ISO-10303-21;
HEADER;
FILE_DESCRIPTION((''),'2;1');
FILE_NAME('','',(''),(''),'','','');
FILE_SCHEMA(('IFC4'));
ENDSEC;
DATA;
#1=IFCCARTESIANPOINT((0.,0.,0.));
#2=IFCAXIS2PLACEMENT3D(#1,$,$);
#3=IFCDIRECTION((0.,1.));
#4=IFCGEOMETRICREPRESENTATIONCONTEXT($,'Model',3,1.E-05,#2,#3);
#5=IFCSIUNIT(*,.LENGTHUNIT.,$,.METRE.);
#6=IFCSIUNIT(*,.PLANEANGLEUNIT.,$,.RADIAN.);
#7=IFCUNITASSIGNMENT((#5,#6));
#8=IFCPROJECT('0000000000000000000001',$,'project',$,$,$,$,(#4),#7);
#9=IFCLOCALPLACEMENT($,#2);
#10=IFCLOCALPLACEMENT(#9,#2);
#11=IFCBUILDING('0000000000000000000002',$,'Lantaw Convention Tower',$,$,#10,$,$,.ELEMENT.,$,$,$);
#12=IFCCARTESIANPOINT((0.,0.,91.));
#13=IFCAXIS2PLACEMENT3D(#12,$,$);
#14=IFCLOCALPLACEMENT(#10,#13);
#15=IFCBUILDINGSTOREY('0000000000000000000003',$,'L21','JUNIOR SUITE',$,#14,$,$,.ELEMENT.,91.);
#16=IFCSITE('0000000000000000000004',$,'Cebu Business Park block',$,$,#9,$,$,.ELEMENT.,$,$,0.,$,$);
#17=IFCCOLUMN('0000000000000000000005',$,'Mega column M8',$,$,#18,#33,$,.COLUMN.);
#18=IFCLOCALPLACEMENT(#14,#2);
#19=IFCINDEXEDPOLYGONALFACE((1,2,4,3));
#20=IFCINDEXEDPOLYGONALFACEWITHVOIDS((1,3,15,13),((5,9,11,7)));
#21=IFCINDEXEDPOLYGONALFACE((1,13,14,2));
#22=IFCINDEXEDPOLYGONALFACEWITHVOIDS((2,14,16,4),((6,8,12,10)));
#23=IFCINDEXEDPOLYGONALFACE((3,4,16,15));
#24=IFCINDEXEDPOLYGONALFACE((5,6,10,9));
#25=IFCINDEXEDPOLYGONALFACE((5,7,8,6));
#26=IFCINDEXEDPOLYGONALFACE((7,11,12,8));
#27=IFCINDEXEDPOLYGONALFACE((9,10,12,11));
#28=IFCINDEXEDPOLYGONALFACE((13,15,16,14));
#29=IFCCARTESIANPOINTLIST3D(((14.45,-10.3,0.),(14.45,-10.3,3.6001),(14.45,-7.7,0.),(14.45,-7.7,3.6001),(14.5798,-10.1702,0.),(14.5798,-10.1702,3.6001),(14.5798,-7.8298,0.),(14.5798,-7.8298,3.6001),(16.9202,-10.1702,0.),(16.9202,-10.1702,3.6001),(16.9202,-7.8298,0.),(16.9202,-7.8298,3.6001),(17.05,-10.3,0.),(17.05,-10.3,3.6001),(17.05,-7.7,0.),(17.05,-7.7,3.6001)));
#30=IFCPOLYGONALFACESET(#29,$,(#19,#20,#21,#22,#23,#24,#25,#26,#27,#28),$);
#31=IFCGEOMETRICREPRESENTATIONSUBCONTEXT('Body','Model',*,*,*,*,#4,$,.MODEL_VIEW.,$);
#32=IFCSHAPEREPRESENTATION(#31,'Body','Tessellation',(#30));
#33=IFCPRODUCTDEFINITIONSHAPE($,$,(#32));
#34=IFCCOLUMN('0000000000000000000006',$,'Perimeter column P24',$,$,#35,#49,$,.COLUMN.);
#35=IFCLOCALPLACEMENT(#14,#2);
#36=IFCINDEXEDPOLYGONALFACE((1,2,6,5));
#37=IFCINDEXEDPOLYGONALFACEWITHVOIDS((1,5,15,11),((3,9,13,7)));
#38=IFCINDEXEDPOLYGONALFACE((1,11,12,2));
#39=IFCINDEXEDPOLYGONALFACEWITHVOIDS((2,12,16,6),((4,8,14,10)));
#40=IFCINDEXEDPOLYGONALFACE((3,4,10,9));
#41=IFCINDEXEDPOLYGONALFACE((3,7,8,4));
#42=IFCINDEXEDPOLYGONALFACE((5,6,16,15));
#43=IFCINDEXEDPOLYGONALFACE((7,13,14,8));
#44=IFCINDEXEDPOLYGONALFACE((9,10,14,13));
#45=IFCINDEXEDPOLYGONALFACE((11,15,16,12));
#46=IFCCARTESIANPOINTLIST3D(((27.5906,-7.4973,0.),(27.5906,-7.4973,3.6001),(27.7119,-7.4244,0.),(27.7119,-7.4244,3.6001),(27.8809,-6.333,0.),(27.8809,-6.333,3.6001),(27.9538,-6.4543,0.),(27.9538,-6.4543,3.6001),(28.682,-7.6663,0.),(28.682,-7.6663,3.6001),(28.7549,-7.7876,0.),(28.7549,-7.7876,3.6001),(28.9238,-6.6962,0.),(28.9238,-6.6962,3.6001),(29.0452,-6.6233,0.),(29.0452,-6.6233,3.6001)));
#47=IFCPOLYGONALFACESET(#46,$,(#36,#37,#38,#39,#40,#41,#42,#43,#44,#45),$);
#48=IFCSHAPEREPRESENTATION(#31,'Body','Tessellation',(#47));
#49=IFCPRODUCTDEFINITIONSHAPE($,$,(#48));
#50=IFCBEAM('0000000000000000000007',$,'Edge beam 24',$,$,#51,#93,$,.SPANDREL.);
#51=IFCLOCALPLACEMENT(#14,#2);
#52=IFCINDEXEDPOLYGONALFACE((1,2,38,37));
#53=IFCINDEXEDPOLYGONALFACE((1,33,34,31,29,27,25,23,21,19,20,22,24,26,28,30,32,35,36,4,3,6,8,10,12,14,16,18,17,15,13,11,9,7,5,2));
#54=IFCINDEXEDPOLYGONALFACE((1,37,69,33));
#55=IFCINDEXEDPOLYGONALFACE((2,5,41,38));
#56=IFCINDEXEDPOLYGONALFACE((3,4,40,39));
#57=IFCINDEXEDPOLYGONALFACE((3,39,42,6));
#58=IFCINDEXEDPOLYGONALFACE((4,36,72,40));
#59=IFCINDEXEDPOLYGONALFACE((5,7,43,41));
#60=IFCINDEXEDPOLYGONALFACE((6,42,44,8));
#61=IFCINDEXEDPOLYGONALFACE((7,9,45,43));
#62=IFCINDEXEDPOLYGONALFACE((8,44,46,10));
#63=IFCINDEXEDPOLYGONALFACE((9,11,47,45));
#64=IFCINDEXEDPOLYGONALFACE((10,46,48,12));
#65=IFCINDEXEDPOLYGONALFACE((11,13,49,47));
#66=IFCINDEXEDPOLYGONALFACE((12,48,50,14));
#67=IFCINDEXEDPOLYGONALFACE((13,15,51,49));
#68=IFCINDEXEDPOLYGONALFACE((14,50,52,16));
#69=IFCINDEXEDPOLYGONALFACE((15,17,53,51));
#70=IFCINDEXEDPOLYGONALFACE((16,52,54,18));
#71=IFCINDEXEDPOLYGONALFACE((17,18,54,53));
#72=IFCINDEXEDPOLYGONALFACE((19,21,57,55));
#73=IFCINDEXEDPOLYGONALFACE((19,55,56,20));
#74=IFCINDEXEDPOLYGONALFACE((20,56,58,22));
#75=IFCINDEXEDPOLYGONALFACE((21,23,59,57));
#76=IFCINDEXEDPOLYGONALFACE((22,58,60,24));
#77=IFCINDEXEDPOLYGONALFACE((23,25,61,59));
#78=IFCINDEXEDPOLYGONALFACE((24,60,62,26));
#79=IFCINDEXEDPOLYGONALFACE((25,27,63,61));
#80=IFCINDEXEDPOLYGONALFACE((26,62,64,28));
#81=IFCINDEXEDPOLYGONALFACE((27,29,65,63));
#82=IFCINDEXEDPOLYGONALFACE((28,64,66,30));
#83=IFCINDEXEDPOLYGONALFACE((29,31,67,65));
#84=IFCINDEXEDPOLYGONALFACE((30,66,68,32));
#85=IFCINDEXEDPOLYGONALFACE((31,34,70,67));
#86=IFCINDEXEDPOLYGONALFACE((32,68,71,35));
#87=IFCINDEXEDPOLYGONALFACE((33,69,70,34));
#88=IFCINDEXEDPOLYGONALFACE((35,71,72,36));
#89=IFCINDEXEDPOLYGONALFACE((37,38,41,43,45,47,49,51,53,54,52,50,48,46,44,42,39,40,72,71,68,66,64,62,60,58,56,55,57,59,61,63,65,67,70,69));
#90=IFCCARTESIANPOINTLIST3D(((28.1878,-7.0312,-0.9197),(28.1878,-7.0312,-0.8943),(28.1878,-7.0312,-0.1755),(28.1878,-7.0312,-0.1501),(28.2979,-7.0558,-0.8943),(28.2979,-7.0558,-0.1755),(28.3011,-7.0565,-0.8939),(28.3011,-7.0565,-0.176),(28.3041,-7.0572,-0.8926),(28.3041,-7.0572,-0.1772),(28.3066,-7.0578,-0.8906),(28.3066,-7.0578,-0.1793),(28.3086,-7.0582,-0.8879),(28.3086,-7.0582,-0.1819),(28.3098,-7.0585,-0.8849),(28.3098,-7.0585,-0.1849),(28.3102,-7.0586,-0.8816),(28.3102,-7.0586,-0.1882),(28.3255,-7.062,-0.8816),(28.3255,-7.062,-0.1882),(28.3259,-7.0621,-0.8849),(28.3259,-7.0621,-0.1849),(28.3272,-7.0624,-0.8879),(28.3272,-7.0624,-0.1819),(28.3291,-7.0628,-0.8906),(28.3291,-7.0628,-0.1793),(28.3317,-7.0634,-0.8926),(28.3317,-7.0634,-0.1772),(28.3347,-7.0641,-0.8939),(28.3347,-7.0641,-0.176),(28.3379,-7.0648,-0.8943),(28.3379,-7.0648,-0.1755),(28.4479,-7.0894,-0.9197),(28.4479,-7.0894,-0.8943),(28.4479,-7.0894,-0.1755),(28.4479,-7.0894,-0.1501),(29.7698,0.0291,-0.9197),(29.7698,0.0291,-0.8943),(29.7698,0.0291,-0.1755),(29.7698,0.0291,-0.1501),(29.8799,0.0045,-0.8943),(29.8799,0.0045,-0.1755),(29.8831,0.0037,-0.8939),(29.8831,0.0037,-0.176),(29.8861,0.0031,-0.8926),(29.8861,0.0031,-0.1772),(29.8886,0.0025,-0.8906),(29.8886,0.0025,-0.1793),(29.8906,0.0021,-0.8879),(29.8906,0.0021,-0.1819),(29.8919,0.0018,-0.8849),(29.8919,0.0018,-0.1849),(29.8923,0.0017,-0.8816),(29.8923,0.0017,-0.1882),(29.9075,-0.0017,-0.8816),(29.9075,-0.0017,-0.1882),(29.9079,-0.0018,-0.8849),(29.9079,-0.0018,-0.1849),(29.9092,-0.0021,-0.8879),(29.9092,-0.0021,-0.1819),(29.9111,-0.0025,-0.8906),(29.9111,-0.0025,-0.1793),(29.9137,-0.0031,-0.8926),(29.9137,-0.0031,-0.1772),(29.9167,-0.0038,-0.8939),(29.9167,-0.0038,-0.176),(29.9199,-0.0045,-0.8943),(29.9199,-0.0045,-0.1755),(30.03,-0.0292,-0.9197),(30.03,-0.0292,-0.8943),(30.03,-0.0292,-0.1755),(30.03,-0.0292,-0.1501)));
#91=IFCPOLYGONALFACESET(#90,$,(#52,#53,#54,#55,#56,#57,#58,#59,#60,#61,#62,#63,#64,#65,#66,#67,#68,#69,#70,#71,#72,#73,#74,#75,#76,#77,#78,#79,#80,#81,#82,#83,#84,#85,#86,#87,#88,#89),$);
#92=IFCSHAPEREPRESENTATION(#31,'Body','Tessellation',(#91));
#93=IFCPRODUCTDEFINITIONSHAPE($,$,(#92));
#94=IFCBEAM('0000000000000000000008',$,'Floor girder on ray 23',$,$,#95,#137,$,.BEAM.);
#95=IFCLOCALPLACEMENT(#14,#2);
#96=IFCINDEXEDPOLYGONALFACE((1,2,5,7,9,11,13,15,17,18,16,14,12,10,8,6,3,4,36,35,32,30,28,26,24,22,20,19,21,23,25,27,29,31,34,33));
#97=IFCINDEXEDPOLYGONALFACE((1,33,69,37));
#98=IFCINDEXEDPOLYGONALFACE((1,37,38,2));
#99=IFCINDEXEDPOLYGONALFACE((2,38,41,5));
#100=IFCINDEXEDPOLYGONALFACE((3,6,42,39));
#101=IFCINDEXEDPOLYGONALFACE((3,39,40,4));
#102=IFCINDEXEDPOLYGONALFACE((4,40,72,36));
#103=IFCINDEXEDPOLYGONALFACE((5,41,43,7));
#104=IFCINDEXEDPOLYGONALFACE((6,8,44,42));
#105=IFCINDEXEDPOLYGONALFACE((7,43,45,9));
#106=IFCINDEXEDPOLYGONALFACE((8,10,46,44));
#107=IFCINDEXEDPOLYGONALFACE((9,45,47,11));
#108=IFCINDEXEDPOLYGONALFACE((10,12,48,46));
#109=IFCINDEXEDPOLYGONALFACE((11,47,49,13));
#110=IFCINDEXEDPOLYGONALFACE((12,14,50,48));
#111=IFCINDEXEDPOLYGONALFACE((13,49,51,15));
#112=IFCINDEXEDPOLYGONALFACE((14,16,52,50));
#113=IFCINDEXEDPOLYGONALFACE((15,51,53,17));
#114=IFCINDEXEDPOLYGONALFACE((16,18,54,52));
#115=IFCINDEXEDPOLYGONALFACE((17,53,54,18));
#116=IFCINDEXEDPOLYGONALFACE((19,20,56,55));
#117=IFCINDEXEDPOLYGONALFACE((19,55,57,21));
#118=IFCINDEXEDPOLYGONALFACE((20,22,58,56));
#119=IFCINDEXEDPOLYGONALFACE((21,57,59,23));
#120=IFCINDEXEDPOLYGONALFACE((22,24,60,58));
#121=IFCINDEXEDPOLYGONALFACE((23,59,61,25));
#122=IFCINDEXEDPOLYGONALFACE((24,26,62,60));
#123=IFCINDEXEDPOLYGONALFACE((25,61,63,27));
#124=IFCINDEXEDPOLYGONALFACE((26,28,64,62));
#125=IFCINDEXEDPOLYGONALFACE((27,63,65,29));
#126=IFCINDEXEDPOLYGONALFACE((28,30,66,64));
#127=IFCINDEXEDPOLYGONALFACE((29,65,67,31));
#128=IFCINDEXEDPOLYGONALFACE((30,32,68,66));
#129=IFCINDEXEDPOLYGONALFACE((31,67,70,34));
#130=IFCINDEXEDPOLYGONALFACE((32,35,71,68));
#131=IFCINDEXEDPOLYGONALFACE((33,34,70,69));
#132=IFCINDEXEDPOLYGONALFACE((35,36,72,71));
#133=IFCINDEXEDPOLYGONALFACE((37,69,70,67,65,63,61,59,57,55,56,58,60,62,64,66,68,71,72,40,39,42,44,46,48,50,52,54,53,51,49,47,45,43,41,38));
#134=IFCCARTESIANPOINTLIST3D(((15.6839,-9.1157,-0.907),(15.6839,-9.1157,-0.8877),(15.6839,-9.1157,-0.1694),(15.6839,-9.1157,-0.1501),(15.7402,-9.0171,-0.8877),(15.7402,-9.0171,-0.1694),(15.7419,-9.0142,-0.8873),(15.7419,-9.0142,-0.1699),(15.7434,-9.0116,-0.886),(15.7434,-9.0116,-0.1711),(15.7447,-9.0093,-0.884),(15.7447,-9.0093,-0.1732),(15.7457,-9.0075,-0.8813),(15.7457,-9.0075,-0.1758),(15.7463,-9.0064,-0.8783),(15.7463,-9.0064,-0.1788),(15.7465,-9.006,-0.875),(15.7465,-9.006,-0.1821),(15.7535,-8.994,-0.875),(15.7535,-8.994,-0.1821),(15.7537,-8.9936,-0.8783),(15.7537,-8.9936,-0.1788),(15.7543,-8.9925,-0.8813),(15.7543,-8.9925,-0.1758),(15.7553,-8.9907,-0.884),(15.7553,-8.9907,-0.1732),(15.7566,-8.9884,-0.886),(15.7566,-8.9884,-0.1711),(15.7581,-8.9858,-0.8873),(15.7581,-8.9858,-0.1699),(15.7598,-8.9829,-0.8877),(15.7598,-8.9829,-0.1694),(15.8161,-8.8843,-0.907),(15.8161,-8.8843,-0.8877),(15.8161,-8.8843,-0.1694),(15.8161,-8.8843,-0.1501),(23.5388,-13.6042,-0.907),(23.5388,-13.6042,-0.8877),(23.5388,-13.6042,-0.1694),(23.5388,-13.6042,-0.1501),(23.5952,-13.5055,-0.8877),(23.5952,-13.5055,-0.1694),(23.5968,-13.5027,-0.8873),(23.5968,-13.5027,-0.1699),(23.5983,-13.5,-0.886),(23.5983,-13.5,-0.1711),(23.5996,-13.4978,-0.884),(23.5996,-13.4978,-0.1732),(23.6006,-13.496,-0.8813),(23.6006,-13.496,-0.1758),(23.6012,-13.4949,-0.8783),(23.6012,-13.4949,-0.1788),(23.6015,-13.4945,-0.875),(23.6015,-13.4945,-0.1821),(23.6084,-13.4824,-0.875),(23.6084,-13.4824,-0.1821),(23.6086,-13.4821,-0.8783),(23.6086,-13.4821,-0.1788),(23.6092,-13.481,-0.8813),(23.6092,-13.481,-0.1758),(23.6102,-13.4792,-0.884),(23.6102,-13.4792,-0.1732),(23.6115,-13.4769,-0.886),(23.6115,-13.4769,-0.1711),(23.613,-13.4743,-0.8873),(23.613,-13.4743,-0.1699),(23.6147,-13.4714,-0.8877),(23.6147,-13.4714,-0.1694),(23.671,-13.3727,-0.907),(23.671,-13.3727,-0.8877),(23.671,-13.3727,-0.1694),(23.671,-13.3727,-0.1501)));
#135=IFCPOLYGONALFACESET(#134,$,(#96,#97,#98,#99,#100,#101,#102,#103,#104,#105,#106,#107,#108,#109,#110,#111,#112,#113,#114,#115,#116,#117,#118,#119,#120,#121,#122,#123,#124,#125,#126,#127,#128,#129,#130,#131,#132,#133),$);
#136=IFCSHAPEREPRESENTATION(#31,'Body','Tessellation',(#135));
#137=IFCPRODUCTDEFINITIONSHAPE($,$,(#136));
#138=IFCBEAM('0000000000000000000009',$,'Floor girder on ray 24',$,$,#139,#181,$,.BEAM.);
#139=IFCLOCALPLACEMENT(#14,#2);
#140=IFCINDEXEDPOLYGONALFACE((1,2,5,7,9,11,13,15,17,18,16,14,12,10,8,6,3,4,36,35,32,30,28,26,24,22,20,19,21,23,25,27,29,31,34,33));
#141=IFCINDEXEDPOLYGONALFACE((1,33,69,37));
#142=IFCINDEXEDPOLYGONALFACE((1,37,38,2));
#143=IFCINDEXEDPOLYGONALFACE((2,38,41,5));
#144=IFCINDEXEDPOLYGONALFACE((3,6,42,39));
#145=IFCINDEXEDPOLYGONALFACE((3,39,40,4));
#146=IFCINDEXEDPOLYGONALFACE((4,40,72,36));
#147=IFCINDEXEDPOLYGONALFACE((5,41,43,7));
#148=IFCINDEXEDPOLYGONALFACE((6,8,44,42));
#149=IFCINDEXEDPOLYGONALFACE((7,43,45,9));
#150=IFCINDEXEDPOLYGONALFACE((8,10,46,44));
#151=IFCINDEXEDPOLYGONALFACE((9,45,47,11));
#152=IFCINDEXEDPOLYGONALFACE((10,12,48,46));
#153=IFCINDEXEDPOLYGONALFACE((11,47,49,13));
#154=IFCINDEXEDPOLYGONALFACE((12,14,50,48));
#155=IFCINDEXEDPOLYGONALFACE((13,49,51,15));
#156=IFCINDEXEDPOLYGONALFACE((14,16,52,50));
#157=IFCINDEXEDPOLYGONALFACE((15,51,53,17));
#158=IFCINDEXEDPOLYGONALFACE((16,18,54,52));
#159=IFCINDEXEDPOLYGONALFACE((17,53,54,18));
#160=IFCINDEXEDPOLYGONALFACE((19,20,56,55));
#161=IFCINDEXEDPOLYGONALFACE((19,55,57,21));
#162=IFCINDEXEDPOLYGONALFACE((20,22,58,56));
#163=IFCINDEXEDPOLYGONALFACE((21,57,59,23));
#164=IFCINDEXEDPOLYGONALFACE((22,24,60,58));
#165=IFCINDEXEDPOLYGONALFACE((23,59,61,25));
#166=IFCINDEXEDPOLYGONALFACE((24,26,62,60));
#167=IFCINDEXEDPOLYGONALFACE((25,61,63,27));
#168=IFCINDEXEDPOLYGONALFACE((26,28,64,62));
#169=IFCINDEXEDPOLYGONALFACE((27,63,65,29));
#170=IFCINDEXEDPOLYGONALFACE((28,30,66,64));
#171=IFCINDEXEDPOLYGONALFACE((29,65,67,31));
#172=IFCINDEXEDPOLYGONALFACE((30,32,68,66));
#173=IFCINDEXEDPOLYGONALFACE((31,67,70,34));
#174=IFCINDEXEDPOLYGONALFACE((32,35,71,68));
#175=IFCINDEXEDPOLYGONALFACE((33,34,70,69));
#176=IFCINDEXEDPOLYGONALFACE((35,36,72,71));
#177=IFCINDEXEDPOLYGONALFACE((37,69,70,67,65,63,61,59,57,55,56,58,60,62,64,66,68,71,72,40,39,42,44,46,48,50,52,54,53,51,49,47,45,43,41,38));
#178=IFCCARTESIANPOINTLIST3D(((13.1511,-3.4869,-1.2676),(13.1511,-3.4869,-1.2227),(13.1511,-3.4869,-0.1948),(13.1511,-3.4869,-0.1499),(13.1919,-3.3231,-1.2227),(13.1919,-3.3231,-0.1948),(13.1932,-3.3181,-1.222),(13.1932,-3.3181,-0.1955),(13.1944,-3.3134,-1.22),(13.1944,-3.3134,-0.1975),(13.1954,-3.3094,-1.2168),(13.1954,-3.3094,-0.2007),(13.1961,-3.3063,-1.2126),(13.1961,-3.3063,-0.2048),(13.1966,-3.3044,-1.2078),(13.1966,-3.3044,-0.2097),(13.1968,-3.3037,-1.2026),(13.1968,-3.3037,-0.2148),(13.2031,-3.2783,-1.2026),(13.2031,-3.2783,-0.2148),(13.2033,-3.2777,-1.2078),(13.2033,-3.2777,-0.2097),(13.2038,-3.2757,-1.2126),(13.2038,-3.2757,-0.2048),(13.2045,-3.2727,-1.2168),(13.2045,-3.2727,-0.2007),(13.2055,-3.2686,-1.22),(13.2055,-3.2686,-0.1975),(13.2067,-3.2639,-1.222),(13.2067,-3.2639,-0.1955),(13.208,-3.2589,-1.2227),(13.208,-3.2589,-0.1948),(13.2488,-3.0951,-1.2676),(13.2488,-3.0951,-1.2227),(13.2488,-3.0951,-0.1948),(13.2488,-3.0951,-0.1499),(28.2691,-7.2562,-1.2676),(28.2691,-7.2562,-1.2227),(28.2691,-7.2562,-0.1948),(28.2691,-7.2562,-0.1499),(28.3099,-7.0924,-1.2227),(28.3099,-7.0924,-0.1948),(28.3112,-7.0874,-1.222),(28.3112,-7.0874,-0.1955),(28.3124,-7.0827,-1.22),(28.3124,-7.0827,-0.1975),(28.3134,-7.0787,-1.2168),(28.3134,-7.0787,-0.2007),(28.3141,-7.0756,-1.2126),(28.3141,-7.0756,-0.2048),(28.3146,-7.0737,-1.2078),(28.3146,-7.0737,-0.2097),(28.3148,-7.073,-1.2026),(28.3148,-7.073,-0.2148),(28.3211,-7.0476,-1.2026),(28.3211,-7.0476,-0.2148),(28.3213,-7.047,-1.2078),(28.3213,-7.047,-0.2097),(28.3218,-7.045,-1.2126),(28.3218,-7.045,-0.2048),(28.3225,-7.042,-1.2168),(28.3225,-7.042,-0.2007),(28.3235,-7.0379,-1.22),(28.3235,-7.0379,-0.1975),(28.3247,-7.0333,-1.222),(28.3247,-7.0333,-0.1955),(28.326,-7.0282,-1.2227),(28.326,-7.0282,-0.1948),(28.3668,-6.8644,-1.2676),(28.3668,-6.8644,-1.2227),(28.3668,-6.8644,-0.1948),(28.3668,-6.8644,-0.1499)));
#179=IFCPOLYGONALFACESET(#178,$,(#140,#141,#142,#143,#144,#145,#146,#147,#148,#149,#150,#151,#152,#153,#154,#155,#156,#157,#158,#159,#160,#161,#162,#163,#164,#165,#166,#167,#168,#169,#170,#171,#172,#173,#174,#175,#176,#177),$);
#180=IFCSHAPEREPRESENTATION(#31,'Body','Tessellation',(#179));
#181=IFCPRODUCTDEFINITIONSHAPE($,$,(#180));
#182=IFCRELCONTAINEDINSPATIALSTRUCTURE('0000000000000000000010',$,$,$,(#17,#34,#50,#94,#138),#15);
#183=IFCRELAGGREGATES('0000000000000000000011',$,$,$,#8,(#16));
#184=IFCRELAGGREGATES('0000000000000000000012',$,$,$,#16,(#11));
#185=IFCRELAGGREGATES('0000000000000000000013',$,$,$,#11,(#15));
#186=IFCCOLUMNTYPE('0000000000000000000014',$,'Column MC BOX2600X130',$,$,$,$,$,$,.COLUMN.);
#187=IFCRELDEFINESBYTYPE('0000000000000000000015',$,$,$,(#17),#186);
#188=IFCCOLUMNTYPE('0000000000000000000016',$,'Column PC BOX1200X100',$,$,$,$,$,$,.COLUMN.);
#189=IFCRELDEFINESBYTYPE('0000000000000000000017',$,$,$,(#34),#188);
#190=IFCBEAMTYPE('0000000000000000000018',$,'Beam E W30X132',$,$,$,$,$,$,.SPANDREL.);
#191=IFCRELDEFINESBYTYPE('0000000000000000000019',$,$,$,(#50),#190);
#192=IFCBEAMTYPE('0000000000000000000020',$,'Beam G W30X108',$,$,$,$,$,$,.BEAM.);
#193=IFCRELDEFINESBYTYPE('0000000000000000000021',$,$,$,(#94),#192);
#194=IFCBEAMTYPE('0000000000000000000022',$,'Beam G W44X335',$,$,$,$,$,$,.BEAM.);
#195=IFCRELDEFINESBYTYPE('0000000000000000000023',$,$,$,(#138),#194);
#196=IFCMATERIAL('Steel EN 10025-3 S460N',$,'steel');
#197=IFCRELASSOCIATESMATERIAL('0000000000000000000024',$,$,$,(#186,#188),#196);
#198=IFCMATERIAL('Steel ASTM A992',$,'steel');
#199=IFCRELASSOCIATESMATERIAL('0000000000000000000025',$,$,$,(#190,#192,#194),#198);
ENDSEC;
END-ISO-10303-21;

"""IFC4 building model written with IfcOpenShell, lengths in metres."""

from ifc_helpers import new_model, si_unit, direction, frame, origin, origin_2d, place, context, subcontext, project, spatial, rectangle, hollow_rectangle, i_section, extrude, material, material_profile, profile_set, type_object, element, save


model = new_model("IFC4")

# Units and contexts
model_context = context("Model", 3, precision=1e-05, world=origin(), true_north=direction((0.0, 1.0)))
body_context = subcontext(model_context, "Body", "Model", "MODEL_VIEW")
ifc_project = project(units=[si_unit("LENGTHUNIT", "METRE"), si_unit("PLANEANGLEUNIT", "RADIAN")], contexts=[model_context])

# Site, building, storey
site_placement = place(None, origin())
site = spatial("IfcSite", under=ifc_project, at=site_placement, Name="Cebu Business Park block", CompositionType="ELEMENT", RefElevation=0.0)
building_placement = place(site_placement, origin())
building = spatial("IfcBuilding", under=site, at=building_placement, Name="Lantaw Convention Tower", CompositionType="ELEMENT")
storey_placement = place(building_placement, frame((0.0, 0.0, 91.0)))
storey = spatial("IfcBuildingStorey", under=building, at=storey_placement, Name="L21", Description="JUNIOR SUITE", CompositionType="ELEMENT", Elevation=91.0)

# Columns
ifc_material_1 = material(Name="Steel EN 10025-3 S460N", Category="steel")
ifc_material_profile_1 = material_profile(ifc_material_1, hollow_rectangle(XDim=2.6001, YDim=2.6001, WallThickness=0.1299, at=origin_2d()), Name="BOX2600X130")
ifc_material_2 = material(Name="Concrete C60/75", Category="concrete")
ifc_material_profile_2 = material_profile(ifc_material_2, rectangle(XDim=2.3401, YDim=2.3401, at=origin_2d()), Name="Concrete fill of BOX2600X130")
ifc_profile_set_1 = profile_set([ifc_material_profile_1, ifc_material_profile_2], Name="Steel EN 10025-3 S460N")
column_type_1 = type_object("IfcColumnType", Name="Column MC BOX2600X130", PredefinedType="COLUMN", material=ifc_profile_set_1)
column_1_placement = place(storey_placement, frame((15.75, -9.0, 0.0), z_axis=(0.0, 0.0, 1.0), x_axis=(1.0, 0.0, 0.0)))
element("IfcColumn", 1, at=column_1_placement, inside=storey, type_object=column_type_1, Name="Mega column M8", PredefinedType="COLUMN", context=body_context, shape_type="SweptSolid", body=[
    extrude(hollow_rectangle(XDim=2.6001, YDim=2.6001, WallThickness=0.1299, at=origin_2d()), origin(), (0.0, 0.0, 1.0), 3.6001),
])
ifc_material_profile_3 = material_profile(ifc_material_1, hollow_rectangle(XDim=1.2, YDim=1.2, WallThickness=0.1001, at=origin_2d()), Name="BOX1200X100")
ifc_material_profile_4 = material_profile(ifc_material_2, rectangle(XDim=1.0, YDim=1.0, at=origin_2d()), Name="Concrete fill of BOX1200X100")
ifc_profile_set_2 = profile_set([ifc_material_profile_3, ifc_material_profile_4], Name="Steel EN 10025-3 S460N")
column_type_2 = type_object("IfcColumnType", Name="Column PC BOX1200X100", PredefinedType="COLUMN", material=ifc_profile_set_2)
column_2_placement = place(storey_placement, frame((28.3179, -7.0603, 0.0), z_axis=(0.0, 0.0, 1.0), x_axis=(0.241922, 0.970296, 0.0)))
element("IfcColumn", 2, at=column_2_placement, inside=storey, type_object=column_type_2, Name="Perimeter column P24", PredefinedType="COLUMN", context=body_context, shape_type="SweptSolid", body=[
    extrude(hollow_rectangle(XDim=1.2, YDim=1.2, WallThickness=0.1001, at=origin_2d()), origin(), (0.0, 0.0, 1.0), 3.6001),
])

# Beams
ifc_material_3 = material(Name="Steel ASTM A992", Category="steel")
ifc_material_profile_5 = material_profile(ifc_material_3, i_section(OverallWidth=0.2666, OverallDepth=0.7695, WebThickness=0.0156, FlangeThickness=0.0254, FilletRadius=0.0127, at=origin_2d()), Name="W30X132")
ifc_profile_set_3 = profile_set([ifc_material_profile_5], Name="Steel ASTM A992")
beam_type_1 = type_object("IfcBeamType", Name="Beam E W30X132", PredefinedType="SPANDREL", material=ifc_profile_set_3)
beam_1_placement = place(storey_placement, frame((28.3179, -7.0603, -0.5349), z_axis=(0.218652, 0.975803, 0.0), x_axis=(-0.975803, 0.218652, 0.0)))
element("IfcBeam", 3, at=beam_1_placement, inside=storey, type_object=beam_type_1, Name="Edge beam 24", PredefinedType="SPANDREL", context=body_context, shape_type="SweptSolid", body=[
    extrude(i_section(OverallWidth=0.2666, OverallDepth=0.7695, WebThickness=0.0156, FlangeThickness=0.0254, FilletRadius=0.0127, at=origin_2d()), origin(), (0.0, 0.0, 1.0), 7.2354),
])
ifc_material_profile_6 = material_profile(ifc_material_3, i_section(OverallWidth=0.2666, OverallDepth=0.7568, WebThickness=0.0139, FlangeThickness=0.0193, FilletRadius=0.0127, at=origin_2d()), Name="W30X108")
ifc_profile_set_4 = profile_set([ifc_material_profile_6], Name="Steel ASTM A992")
beam_type_2 = type_object("IfcBeamType", Name="Beam G W30X108", PredefinedType="BEAM", material=ifc_profile_set_4)
beam_2_placement = place(storey_placement, frame((15.75, -9.0, -0.5286), z_axis=(0.868245, -0.496136, 0.0), x_axis=(0.496136, 0.868245, 0.0)))
element("IfcBeam", 4, at=beam_2_placement, inside=storey, type_object=beam_type_2, Name="Floor girder on ray 23", PredefinedType="BEAM", context=body_context, shape_type="SweptSolid", body=[
    extrude(i_section(OverallWidth=0.2666, OverallDepth=0.7568, WebThickness=0.0139, FlangeThickness=0.0193, FilletRadius=0.0127, at=origin_2d()), origin(), (0.0, 0.0, 1.0), 9.0469),
])
ifc_material_profile_7 = material_profile(ifc_material_3, i_section(OverallWidth=0.4038, OverallDepth=1.1177, WebThickness=0.0261, FlangeThickness=0.0449, FilletRadius=0.02, at=origin_2d()), Name="W44X335")
ifc_profile_set_5 = profile_set([ifc_material_profile_7], Name="Steel ASTM A992")
beam_type_3 = type_object("IfcBeamType", Name="Beam G W44X335", PredefinedType="BEAM", material=ifc_profile_set_5)
beam_3_placement = place(storey_placement, frame((13.2, -3.291, -0.7087), z_axis=(0.970296, -0.24192, 0.0), x_axis=(0.24192, 0.970296, 0.0)))
element("IfcBeam", 5, at=beam_3_placement, inside=storey, type_object=beam_type_3, Name="Floor girder on ray 24", PredefinedType="BEAM", context=body_context, shape_type="SweptSolid", body=[
    extrude(i_section(OverallWidth=0.4038, OverallDepth=1.1177, WebThickness=0.0261, FlangeThickness=0.0449, FilletRadius=0.02, at=origin_2d()), origin(), (0.0, 0.0, 1.0), 15.5808),
])

save(model, "model.ifc")
